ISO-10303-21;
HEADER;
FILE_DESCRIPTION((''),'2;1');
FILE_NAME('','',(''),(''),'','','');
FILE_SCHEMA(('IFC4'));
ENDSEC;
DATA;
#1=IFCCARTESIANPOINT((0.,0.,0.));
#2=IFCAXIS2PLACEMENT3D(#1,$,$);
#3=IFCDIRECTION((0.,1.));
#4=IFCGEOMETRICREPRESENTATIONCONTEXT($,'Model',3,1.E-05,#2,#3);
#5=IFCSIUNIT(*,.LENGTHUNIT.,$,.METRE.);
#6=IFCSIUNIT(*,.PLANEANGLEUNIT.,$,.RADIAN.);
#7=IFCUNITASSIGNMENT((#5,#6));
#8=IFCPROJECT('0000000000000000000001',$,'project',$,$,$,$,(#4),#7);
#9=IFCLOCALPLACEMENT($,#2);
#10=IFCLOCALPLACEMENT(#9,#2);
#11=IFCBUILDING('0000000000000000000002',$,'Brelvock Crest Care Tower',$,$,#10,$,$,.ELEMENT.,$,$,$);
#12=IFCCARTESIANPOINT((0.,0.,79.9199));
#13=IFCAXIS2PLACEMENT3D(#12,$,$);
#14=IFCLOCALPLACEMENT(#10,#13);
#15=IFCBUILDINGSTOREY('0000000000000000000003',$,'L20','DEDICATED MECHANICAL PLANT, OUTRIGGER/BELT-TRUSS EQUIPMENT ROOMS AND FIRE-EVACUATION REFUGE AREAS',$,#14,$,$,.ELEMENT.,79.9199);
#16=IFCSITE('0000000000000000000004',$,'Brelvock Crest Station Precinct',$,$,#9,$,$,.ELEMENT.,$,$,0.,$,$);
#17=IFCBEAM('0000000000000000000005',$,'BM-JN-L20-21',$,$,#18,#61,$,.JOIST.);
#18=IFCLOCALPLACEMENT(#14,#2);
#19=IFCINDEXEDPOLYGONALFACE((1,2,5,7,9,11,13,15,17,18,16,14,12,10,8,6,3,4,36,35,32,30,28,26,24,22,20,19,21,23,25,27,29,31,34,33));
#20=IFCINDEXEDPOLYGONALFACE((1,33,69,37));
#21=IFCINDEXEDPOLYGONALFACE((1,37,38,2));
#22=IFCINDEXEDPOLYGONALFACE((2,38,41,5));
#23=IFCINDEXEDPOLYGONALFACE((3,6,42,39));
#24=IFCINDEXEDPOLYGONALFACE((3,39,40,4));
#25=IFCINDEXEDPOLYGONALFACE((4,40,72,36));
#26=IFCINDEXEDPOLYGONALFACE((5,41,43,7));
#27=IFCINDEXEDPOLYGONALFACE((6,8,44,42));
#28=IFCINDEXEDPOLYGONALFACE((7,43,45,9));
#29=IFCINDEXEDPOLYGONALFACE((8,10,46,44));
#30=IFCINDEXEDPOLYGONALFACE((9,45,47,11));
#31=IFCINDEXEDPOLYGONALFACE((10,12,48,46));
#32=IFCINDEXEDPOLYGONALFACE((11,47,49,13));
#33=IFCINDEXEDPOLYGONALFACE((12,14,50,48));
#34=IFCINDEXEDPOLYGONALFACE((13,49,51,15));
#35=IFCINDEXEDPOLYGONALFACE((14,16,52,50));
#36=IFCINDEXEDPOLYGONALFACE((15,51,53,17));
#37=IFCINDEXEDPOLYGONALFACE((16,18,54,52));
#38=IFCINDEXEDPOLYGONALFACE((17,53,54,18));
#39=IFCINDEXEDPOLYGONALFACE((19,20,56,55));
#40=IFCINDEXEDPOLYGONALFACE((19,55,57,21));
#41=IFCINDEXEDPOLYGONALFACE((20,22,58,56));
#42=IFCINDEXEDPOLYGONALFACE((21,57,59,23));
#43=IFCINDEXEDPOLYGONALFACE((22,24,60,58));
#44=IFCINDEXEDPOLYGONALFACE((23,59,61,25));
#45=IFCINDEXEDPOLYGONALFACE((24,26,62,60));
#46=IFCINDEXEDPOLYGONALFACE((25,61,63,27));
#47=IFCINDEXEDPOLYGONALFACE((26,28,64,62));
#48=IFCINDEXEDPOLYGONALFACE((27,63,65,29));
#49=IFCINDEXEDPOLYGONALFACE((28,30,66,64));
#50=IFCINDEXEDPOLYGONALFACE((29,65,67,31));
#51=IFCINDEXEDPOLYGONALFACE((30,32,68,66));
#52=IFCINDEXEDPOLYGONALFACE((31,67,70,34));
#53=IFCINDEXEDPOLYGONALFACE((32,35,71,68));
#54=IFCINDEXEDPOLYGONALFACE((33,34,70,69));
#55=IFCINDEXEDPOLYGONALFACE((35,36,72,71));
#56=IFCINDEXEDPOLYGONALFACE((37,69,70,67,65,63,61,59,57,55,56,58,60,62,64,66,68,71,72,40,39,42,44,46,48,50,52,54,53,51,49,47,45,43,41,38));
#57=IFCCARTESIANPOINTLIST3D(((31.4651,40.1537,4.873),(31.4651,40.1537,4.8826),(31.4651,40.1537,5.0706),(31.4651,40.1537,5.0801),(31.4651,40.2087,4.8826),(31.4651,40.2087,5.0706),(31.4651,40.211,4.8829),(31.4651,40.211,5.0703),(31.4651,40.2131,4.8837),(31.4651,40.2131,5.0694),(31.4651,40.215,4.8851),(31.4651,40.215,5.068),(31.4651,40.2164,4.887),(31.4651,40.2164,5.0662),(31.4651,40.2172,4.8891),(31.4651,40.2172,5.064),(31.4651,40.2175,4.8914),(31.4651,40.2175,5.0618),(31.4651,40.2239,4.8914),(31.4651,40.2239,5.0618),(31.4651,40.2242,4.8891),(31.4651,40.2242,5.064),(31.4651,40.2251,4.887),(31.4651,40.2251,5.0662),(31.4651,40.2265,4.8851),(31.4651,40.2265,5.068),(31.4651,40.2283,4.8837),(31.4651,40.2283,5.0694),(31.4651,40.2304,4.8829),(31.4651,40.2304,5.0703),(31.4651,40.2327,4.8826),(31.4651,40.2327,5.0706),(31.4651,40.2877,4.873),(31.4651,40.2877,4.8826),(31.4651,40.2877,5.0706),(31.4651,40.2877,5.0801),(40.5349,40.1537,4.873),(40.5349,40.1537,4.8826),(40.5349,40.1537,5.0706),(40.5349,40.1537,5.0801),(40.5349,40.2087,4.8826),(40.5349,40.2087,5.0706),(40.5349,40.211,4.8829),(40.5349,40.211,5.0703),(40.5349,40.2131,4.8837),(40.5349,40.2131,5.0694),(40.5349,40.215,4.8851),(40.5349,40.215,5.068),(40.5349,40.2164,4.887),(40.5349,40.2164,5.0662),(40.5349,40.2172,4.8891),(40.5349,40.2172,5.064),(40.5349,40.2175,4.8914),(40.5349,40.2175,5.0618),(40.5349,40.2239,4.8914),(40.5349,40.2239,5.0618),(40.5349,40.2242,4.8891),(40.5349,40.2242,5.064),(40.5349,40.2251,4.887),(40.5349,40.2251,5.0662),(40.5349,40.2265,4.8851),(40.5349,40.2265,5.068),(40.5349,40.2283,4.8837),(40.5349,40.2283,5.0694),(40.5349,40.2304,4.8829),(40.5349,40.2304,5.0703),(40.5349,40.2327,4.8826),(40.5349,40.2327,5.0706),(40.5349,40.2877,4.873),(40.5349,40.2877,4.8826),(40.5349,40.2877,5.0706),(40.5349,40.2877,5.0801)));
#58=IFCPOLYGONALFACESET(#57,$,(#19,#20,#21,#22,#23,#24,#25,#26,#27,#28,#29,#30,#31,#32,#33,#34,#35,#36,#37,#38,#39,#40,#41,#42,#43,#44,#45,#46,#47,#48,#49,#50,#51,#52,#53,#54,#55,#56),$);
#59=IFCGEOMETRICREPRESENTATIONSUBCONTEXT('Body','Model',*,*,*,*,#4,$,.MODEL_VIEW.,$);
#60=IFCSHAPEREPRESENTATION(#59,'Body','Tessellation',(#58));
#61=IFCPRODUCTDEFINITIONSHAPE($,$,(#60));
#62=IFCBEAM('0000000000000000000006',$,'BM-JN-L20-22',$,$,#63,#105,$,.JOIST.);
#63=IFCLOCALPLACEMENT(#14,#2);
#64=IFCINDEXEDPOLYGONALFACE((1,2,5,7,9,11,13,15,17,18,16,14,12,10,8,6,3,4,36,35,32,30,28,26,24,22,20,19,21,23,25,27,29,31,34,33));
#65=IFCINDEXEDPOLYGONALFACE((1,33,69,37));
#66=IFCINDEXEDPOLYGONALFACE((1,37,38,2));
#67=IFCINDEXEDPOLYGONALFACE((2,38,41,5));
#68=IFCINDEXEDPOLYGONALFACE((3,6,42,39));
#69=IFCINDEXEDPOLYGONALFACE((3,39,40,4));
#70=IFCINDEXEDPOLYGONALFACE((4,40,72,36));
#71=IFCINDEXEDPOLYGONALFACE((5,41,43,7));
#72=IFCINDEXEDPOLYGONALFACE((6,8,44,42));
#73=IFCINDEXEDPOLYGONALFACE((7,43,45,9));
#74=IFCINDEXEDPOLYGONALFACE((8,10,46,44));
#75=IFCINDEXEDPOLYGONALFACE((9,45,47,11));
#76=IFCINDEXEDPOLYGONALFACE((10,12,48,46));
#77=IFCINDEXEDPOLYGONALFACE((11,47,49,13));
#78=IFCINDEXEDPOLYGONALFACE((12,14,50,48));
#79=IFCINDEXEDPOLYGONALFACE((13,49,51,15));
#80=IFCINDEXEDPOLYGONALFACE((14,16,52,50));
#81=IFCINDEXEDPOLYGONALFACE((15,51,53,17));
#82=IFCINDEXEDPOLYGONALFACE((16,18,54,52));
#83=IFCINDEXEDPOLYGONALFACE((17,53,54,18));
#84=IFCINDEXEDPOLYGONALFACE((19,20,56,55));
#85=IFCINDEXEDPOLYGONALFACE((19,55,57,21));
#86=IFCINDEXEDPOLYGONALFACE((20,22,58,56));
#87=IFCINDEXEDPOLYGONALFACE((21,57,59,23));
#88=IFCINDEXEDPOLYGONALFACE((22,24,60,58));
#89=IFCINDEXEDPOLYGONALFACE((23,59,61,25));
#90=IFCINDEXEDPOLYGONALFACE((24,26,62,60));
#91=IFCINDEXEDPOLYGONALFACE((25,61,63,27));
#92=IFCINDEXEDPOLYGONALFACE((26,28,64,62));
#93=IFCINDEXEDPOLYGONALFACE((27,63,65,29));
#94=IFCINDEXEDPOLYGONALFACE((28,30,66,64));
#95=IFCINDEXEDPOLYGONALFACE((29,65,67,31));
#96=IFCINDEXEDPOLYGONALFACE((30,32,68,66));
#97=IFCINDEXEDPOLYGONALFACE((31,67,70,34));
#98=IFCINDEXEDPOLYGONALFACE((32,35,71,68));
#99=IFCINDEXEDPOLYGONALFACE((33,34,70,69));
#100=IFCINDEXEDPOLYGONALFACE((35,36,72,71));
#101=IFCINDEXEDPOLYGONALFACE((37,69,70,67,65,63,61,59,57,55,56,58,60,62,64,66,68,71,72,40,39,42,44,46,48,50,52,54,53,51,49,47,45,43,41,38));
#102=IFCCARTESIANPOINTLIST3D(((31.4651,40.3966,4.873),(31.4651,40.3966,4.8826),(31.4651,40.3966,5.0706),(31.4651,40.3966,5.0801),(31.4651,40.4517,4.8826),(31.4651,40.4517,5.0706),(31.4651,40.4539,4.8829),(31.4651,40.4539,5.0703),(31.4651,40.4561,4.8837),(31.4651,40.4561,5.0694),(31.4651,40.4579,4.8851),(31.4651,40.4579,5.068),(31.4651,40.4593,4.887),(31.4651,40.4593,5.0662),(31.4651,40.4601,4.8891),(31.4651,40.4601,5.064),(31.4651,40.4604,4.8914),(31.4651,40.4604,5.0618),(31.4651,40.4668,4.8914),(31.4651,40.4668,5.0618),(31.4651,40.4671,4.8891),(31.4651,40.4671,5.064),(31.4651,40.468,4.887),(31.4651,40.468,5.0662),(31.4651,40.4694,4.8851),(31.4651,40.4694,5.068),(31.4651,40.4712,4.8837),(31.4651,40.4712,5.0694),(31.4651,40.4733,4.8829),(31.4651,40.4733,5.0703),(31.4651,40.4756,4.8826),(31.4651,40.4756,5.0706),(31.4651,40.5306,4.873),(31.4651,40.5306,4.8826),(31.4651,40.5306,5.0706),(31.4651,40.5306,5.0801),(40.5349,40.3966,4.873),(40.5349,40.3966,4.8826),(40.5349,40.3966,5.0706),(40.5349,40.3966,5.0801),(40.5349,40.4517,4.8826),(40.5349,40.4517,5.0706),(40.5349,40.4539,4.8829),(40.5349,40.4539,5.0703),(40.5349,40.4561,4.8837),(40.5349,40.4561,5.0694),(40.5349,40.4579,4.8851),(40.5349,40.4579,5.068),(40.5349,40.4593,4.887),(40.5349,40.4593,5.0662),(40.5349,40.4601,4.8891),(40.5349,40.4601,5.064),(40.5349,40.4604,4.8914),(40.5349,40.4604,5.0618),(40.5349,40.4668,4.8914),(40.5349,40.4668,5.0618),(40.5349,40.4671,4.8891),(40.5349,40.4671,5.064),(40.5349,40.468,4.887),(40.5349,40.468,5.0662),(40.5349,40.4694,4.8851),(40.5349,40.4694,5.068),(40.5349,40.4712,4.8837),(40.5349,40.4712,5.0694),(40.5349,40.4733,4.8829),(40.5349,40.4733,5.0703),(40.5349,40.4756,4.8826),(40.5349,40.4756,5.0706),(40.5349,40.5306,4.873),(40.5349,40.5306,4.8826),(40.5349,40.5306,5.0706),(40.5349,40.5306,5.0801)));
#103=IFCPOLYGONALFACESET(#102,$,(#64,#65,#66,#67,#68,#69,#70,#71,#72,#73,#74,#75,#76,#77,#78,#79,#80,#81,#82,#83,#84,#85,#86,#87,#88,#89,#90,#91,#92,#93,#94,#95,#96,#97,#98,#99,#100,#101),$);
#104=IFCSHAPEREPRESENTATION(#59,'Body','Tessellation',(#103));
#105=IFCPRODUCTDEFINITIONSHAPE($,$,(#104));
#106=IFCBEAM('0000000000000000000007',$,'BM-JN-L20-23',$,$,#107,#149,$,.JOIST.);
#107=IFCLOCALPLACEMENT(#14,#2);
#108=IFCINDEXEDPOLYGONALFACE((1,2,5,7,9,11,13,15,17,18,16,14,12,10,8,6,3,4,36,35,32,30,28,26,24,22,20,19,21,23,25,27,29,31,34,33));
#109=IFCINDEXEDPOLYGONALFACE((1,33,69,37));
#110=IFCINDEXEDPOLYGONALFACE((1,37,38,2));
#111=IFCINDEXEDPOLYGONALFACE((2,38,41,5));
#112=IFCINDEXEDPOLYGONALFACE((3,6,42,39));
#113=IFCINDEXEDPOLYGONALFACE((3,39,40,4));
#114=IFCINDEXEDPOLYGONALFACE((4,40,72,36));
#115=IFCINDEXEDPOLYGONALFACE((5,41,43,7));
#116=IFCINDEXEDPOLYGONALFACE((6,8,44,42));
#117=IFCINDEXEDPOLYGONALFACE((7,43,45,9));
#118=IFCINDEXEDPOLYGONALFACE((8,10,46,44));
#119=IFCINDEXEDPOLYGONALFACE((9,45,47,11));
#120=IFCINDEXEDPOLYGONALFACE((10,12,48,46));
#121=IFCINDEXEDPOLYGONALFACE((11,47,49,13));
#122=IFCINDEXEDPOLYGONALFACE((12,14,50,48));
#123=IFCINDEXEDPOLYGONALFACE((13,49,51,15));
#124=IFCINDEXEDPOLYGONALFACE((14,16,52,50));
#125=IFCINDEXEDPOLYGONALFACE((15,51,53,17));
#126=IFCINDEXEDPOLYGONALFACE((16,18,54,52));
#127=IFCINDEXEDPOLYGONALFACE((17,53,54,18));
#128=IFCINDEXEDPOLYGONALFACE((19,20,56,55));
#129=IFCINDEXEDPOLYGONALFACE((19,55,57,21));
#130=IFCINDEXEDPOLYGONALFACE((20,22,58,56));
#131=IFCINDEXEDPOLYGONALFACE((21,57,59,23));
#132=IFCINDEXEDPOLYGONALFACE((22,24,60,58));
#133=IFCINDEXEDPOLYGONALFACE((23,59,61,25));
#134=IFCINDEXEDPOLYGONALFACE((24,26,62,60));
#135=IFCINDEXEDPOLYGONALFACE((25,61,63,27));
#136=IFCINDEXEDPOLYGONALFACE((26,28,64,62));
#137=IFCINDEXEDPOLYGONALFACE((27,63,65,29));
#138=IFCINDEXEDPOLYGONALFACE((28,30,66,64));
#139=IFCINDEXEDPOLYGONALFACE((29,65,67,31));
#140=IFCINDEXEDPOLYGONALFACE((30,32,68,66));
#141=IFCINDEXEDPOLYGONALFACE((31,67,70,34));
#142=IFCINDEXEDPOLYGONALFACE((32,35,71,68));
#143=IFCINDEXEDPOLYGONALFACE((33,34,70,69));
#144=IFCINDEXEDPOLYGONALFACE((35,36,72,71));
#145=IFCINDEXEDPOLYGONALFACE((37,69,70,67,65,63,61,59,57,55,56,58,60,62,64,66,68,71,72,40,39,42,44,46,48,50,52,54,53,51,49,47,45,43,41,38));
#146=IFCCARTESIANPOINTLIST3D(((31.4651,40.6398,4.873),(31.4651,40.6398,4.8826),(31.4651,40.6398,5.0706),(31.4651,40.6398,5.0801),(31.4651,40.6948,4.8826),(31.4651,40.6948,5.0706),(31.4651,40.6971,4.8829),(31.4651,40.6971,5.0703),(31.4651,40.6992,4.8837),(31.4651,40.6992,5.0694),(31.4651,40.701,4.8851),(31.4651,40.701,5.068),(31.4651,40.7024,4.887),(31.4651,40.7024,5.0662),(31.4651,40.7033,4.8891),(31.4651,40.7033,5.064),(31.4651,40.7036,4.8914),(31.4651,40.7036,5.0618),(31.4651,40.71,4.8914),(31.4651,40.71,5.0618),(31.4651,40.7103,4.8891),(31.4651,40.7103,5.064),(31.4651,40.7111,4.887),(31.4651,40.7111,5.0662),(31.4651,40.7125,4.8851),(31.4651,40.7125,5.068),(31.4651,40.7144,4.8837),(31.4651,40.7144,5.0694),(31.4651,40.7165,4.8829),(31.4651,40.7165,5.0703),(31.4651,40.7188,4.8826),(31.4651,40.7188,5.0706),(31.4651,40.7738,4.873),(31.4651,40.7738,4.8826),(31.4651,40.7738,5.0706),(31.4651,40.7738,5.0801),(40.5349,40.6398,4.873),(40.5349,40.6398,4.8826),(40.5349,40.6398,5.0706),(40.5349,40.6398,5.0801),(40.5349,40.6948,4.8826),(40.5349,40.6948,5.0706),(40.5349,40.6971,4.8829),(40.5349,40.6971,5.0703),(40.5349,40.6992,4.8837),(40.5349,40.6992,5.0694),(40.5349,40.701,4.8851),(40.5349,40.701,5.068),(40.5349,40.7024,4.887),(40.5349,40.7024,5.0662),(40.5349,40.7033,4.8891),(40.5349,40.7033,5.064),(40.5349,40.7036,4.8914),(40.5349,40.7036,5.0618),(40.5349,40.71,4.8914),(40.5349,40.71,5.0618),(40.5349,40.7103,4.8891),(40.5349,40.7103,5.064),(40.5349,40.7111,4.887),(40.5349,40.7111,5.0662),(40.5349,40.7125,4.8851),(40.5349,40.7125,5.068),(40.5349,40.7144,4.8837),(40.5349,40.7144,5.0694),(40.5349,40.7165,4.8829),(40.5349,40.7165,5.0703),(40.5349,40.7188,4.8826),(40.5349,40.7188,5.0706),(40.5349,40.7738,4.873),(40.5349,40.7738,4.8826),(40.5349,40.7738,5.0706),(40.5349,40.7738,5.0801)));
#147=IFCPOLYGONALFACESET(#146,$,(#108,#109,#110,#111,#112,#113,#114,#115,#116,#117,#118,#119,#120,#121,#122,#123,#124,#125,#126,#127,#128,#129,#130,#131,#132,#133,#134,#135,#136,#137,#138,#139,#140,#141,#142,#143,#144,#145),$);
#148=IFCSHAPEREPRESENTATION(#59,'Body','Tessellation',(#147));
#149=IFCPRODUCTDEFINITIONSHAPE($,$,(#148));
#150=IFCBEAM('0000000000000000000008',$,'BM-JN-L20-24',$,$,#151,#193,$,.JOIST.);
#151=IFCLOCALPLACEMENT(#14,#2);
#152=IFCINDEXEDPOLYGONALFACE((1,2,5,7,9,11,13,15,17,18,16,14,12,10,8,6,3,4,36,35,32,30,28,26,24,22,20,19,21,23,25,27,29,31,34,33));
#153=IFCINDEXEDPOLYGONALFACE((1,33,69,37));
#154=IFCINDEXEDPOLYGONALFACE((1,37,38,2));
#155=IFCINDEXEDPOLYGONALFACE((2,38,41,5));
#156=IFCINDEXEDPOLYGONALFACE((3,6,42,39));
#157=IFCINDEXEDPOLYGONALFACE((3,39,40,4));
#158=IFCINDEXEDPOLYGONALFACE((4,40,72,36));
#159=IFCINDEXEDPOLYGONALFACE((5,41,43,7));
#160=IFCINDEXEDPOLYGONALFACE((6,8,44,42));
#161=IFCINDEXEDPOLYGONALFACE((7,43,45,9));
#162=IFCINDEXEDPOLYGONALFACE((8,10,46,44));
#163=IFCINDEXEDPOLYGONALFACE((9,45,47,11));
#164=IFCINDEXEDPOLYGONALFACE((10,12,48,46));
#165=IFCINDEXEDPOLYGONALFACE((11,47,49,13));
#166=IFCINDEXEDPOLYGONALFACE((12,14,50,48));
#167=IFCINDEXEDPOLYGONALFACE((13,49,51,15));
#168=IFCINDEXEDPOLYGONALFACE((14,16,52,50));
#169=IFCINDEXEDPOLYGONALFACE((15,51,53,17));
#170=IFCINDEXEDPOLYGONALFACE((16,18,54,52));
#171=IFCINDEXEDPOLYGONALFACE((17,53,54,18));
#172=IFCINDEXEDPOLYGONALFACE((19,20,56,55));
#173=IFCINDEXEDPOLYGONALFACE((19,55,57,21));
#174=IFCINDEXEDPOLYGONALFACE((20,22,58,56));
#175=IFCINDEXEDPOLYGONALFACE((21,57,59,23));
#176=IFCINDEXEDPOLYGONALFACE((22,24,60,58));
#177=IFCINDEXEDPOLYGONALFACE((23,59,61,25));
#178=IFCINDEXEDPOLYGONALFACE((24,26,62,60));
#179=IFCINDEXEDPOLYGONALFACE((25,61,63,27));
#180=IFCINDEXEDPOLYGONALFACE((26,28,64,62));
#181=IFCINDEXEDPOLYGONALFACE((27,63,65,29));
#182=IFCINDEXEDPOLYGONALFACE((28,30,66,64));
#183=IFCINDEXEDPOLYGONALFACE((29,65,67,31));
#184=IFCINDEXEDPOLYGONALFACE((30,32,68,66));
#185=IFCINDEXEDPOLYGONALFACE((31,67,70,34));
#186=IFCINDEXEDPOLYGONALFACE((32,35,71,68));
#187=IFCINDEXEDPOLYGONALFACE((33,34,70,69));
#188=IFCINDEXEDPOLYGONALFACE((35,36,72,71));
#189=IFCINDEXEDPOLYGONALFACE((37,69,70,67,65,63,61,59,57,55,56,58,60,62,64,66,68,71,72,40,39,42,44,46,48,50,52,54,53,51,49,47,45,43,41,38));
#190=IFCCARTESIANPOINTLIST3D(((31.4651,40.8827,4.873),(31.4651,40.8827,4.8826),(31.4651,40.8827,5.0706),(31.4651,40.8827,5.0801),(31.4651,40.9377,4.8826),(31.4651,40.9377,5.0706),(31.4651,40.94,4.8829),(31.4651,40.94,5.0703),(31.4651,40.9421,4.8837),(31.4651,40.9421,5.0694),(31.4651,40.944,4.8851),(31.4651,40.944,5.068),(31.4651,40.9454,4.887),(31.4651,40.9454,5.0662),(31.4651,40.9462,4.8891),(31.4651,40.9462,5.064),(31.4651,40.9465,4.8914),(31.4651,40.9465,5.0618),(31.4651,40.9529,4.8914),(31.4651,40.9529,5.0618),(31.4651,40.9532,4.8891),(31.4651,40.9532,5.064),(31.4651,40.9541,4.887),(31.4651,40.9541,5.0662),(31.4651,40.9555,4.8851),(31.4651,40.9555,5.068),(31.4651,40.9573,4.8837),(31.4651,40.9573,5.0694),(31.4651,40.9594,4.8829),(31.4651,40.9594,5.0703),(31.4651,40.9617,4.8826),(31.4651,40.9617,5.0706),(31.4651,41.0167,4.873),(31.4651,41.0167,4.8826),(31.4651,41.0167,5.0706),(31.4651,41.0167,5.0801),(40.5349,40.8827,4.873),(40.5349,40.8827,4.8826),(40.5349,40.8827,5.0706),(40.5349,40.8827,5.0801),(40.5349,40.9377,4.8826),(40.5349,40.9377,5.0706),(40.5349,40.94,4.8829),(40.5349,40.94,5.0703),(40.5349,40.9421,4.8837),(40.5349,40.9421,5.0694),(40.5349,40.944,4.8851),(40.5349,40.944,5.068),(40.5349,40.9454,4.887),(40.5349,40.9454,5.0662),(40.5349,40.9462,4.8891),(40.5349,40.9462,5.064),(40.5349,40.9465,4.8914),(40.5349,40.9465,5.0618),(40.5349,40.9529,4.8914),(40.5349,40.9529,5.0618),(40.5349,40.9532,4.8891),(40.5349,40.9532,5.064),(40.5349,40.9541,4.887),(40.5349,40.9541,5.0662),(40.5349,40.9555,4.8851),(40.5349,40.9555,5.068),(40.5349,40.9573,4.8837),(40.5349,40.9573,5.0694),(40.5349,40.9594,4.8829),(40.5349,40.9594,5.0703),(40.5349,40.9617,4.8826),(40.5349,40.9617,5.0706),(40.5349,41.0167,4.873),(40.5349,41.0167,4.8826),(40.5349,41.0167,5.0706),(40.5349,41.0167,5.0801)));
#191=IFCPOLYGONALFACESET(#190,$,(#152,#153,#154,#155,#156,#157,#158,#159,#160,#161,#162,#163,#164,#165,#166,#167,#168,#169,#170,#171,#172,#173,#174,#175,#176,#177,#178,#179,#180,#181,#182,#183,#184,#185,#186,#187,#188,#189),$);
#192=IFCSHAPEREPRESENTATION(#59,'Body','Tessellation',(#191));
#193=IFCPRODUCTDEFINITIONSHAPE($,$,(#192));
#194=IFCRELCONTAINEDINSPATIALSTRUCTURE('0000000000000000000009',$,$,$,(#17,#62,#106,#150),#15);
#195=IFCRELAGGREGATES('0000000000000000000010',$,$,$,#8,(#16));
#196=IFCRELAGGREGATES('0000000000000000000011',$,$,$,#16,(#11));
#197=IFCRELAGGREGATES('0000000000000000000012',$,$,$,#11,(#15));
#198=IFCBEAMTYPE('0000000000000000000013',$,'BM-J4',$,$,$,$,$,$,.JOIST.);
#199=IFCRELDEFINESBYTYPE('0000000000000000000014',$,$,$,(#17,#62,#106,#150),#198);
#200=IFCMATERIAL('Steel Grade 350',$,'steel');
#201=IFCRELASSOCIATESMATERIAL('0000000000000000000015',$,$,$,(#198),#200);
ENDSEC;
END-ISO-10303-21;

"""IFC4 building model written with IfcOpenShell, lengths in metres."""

from ifc_helpers import new_model, si_unit, direction, frame, origin, origin_2d, place, context, subcontext, project, spatial, i_section, extrude, source, transform, mapped, material, material_profile, profile_set, type_object, element, save


model = new_model("IFC4")

# Units and contexts
model_context = context("Model", 3, precision=1e-05, world=origin(), true_north=direction((0.0, 1.0)))
body_context = subcontext(model_context, "Body", "Model", "MODEL_VIEW")
ifc_project = project(units=[si_unit("LENGTHUNIT", "METRE"), si_unit("PLANEANGLEUNIT", "RADIAN")], contexts=[model_context])

# Site, building, storey
site_placement = place(None, origin())
site = spatial("IfcSite", under=ifc_project, at=site_placement, Name="Brelvock Crest Station Precinct", CompositionType="ELEMENT", RefElevation=0.0)
building_placement = place(site_placement, origin())
building = spatial("IfcBuilding", under=site, at=building_placement, Name="Brelvock Crest Care Tower", CompositionType="ELEMENT")
storey_placement = place(building_placement, frame((0.0, 0.0, 79.9199)))
storey = spatial("IfcBuildingStorey", under=building, at=storey_placement, Name="L20", Description="DEDICATED MECHANICAL PLANT, OUTRIGGER/BELT-TRUSS EQUIPMENT ROOMS AND FIRE-EVACUATION REFUGE AREAS", CompositionType="ELEMENT", Elevation=79.9199)

# Beams
ifc_material_1 = material(Name="Steel Grade 350", Category="steel")
ifc_material_profile_1 = material_profile(ifc_material_1, i_section(OverallWidth=0.134, OverallDepth=0.207, WebThickness=0.0063, FlangeThickness=0.0095, FilletRadius=0.0088, at=origin_2d()), Name="200UB29.8")
ifc_profile_set_1 = profile_set([ifc_material_profile_1], Name="Steel Grade 350")
beam_type_1 = type_object("IfcBeamType", Name="BM-J4", PredefinedType="JOIST", material=ifc_profile_set_1)
shared_shape_1 = source(origin(), body_context, "Body", "SweptSolid", [
    extrude(i_section(OverallWidth=0.134, OverallDepth=0.207, WebThickness=0.0063, FlangeThickness=0.0095, FilletRadius=0.0088, at=origin_2d()), origin(), (0.0, 0.0, 1.0), 9.0698),
])
for number, where, z_axis, x_axis, name in (
    (1, (31.4651, 40.2207, 4.9766), (1.0, 0.0, 0.0), (0.0, 1.0, 0.0), "BM-JN-L20-21"),
    (2, (31.4651, 40.4636, 4.9766), (1.0, 0.0, 0.0), (0.0, 1.0, 0.0), "BM-JN-L20-22"),
    (3, (31.4651, 40.7068, 4.9766), (1.0, 0.0, 0.0), (0.0, 1.0, 0.0), "BM-JN-L20-23"),
    (4, (31.4651, 40.9497, 4.9766), (1.0, 0.0, 0.0), (0.0, 1.0, 0.0), "BM-JN-L20-24"),
):
    element("IfcBeam", number, at=place(storey_placement, frame(where, z_axis=z_axis, x_axis=x_axis)), inside=storey, type_object=beam_type_1, Name=name, PredefinedType="JOIST", context=body_context, shape_type="MappedRepresentation", body=[
        mapped(shared_shape_1, transform((0.0, 0.0, 0.0), x_axis=(1.0, 0.0, 0.0), y_axis=(0.0, 1.0, 0.0), z_axis=(0.0, 0.0, 1.0), scale=1.0)),
    ])

save(model, "model.ifc")
